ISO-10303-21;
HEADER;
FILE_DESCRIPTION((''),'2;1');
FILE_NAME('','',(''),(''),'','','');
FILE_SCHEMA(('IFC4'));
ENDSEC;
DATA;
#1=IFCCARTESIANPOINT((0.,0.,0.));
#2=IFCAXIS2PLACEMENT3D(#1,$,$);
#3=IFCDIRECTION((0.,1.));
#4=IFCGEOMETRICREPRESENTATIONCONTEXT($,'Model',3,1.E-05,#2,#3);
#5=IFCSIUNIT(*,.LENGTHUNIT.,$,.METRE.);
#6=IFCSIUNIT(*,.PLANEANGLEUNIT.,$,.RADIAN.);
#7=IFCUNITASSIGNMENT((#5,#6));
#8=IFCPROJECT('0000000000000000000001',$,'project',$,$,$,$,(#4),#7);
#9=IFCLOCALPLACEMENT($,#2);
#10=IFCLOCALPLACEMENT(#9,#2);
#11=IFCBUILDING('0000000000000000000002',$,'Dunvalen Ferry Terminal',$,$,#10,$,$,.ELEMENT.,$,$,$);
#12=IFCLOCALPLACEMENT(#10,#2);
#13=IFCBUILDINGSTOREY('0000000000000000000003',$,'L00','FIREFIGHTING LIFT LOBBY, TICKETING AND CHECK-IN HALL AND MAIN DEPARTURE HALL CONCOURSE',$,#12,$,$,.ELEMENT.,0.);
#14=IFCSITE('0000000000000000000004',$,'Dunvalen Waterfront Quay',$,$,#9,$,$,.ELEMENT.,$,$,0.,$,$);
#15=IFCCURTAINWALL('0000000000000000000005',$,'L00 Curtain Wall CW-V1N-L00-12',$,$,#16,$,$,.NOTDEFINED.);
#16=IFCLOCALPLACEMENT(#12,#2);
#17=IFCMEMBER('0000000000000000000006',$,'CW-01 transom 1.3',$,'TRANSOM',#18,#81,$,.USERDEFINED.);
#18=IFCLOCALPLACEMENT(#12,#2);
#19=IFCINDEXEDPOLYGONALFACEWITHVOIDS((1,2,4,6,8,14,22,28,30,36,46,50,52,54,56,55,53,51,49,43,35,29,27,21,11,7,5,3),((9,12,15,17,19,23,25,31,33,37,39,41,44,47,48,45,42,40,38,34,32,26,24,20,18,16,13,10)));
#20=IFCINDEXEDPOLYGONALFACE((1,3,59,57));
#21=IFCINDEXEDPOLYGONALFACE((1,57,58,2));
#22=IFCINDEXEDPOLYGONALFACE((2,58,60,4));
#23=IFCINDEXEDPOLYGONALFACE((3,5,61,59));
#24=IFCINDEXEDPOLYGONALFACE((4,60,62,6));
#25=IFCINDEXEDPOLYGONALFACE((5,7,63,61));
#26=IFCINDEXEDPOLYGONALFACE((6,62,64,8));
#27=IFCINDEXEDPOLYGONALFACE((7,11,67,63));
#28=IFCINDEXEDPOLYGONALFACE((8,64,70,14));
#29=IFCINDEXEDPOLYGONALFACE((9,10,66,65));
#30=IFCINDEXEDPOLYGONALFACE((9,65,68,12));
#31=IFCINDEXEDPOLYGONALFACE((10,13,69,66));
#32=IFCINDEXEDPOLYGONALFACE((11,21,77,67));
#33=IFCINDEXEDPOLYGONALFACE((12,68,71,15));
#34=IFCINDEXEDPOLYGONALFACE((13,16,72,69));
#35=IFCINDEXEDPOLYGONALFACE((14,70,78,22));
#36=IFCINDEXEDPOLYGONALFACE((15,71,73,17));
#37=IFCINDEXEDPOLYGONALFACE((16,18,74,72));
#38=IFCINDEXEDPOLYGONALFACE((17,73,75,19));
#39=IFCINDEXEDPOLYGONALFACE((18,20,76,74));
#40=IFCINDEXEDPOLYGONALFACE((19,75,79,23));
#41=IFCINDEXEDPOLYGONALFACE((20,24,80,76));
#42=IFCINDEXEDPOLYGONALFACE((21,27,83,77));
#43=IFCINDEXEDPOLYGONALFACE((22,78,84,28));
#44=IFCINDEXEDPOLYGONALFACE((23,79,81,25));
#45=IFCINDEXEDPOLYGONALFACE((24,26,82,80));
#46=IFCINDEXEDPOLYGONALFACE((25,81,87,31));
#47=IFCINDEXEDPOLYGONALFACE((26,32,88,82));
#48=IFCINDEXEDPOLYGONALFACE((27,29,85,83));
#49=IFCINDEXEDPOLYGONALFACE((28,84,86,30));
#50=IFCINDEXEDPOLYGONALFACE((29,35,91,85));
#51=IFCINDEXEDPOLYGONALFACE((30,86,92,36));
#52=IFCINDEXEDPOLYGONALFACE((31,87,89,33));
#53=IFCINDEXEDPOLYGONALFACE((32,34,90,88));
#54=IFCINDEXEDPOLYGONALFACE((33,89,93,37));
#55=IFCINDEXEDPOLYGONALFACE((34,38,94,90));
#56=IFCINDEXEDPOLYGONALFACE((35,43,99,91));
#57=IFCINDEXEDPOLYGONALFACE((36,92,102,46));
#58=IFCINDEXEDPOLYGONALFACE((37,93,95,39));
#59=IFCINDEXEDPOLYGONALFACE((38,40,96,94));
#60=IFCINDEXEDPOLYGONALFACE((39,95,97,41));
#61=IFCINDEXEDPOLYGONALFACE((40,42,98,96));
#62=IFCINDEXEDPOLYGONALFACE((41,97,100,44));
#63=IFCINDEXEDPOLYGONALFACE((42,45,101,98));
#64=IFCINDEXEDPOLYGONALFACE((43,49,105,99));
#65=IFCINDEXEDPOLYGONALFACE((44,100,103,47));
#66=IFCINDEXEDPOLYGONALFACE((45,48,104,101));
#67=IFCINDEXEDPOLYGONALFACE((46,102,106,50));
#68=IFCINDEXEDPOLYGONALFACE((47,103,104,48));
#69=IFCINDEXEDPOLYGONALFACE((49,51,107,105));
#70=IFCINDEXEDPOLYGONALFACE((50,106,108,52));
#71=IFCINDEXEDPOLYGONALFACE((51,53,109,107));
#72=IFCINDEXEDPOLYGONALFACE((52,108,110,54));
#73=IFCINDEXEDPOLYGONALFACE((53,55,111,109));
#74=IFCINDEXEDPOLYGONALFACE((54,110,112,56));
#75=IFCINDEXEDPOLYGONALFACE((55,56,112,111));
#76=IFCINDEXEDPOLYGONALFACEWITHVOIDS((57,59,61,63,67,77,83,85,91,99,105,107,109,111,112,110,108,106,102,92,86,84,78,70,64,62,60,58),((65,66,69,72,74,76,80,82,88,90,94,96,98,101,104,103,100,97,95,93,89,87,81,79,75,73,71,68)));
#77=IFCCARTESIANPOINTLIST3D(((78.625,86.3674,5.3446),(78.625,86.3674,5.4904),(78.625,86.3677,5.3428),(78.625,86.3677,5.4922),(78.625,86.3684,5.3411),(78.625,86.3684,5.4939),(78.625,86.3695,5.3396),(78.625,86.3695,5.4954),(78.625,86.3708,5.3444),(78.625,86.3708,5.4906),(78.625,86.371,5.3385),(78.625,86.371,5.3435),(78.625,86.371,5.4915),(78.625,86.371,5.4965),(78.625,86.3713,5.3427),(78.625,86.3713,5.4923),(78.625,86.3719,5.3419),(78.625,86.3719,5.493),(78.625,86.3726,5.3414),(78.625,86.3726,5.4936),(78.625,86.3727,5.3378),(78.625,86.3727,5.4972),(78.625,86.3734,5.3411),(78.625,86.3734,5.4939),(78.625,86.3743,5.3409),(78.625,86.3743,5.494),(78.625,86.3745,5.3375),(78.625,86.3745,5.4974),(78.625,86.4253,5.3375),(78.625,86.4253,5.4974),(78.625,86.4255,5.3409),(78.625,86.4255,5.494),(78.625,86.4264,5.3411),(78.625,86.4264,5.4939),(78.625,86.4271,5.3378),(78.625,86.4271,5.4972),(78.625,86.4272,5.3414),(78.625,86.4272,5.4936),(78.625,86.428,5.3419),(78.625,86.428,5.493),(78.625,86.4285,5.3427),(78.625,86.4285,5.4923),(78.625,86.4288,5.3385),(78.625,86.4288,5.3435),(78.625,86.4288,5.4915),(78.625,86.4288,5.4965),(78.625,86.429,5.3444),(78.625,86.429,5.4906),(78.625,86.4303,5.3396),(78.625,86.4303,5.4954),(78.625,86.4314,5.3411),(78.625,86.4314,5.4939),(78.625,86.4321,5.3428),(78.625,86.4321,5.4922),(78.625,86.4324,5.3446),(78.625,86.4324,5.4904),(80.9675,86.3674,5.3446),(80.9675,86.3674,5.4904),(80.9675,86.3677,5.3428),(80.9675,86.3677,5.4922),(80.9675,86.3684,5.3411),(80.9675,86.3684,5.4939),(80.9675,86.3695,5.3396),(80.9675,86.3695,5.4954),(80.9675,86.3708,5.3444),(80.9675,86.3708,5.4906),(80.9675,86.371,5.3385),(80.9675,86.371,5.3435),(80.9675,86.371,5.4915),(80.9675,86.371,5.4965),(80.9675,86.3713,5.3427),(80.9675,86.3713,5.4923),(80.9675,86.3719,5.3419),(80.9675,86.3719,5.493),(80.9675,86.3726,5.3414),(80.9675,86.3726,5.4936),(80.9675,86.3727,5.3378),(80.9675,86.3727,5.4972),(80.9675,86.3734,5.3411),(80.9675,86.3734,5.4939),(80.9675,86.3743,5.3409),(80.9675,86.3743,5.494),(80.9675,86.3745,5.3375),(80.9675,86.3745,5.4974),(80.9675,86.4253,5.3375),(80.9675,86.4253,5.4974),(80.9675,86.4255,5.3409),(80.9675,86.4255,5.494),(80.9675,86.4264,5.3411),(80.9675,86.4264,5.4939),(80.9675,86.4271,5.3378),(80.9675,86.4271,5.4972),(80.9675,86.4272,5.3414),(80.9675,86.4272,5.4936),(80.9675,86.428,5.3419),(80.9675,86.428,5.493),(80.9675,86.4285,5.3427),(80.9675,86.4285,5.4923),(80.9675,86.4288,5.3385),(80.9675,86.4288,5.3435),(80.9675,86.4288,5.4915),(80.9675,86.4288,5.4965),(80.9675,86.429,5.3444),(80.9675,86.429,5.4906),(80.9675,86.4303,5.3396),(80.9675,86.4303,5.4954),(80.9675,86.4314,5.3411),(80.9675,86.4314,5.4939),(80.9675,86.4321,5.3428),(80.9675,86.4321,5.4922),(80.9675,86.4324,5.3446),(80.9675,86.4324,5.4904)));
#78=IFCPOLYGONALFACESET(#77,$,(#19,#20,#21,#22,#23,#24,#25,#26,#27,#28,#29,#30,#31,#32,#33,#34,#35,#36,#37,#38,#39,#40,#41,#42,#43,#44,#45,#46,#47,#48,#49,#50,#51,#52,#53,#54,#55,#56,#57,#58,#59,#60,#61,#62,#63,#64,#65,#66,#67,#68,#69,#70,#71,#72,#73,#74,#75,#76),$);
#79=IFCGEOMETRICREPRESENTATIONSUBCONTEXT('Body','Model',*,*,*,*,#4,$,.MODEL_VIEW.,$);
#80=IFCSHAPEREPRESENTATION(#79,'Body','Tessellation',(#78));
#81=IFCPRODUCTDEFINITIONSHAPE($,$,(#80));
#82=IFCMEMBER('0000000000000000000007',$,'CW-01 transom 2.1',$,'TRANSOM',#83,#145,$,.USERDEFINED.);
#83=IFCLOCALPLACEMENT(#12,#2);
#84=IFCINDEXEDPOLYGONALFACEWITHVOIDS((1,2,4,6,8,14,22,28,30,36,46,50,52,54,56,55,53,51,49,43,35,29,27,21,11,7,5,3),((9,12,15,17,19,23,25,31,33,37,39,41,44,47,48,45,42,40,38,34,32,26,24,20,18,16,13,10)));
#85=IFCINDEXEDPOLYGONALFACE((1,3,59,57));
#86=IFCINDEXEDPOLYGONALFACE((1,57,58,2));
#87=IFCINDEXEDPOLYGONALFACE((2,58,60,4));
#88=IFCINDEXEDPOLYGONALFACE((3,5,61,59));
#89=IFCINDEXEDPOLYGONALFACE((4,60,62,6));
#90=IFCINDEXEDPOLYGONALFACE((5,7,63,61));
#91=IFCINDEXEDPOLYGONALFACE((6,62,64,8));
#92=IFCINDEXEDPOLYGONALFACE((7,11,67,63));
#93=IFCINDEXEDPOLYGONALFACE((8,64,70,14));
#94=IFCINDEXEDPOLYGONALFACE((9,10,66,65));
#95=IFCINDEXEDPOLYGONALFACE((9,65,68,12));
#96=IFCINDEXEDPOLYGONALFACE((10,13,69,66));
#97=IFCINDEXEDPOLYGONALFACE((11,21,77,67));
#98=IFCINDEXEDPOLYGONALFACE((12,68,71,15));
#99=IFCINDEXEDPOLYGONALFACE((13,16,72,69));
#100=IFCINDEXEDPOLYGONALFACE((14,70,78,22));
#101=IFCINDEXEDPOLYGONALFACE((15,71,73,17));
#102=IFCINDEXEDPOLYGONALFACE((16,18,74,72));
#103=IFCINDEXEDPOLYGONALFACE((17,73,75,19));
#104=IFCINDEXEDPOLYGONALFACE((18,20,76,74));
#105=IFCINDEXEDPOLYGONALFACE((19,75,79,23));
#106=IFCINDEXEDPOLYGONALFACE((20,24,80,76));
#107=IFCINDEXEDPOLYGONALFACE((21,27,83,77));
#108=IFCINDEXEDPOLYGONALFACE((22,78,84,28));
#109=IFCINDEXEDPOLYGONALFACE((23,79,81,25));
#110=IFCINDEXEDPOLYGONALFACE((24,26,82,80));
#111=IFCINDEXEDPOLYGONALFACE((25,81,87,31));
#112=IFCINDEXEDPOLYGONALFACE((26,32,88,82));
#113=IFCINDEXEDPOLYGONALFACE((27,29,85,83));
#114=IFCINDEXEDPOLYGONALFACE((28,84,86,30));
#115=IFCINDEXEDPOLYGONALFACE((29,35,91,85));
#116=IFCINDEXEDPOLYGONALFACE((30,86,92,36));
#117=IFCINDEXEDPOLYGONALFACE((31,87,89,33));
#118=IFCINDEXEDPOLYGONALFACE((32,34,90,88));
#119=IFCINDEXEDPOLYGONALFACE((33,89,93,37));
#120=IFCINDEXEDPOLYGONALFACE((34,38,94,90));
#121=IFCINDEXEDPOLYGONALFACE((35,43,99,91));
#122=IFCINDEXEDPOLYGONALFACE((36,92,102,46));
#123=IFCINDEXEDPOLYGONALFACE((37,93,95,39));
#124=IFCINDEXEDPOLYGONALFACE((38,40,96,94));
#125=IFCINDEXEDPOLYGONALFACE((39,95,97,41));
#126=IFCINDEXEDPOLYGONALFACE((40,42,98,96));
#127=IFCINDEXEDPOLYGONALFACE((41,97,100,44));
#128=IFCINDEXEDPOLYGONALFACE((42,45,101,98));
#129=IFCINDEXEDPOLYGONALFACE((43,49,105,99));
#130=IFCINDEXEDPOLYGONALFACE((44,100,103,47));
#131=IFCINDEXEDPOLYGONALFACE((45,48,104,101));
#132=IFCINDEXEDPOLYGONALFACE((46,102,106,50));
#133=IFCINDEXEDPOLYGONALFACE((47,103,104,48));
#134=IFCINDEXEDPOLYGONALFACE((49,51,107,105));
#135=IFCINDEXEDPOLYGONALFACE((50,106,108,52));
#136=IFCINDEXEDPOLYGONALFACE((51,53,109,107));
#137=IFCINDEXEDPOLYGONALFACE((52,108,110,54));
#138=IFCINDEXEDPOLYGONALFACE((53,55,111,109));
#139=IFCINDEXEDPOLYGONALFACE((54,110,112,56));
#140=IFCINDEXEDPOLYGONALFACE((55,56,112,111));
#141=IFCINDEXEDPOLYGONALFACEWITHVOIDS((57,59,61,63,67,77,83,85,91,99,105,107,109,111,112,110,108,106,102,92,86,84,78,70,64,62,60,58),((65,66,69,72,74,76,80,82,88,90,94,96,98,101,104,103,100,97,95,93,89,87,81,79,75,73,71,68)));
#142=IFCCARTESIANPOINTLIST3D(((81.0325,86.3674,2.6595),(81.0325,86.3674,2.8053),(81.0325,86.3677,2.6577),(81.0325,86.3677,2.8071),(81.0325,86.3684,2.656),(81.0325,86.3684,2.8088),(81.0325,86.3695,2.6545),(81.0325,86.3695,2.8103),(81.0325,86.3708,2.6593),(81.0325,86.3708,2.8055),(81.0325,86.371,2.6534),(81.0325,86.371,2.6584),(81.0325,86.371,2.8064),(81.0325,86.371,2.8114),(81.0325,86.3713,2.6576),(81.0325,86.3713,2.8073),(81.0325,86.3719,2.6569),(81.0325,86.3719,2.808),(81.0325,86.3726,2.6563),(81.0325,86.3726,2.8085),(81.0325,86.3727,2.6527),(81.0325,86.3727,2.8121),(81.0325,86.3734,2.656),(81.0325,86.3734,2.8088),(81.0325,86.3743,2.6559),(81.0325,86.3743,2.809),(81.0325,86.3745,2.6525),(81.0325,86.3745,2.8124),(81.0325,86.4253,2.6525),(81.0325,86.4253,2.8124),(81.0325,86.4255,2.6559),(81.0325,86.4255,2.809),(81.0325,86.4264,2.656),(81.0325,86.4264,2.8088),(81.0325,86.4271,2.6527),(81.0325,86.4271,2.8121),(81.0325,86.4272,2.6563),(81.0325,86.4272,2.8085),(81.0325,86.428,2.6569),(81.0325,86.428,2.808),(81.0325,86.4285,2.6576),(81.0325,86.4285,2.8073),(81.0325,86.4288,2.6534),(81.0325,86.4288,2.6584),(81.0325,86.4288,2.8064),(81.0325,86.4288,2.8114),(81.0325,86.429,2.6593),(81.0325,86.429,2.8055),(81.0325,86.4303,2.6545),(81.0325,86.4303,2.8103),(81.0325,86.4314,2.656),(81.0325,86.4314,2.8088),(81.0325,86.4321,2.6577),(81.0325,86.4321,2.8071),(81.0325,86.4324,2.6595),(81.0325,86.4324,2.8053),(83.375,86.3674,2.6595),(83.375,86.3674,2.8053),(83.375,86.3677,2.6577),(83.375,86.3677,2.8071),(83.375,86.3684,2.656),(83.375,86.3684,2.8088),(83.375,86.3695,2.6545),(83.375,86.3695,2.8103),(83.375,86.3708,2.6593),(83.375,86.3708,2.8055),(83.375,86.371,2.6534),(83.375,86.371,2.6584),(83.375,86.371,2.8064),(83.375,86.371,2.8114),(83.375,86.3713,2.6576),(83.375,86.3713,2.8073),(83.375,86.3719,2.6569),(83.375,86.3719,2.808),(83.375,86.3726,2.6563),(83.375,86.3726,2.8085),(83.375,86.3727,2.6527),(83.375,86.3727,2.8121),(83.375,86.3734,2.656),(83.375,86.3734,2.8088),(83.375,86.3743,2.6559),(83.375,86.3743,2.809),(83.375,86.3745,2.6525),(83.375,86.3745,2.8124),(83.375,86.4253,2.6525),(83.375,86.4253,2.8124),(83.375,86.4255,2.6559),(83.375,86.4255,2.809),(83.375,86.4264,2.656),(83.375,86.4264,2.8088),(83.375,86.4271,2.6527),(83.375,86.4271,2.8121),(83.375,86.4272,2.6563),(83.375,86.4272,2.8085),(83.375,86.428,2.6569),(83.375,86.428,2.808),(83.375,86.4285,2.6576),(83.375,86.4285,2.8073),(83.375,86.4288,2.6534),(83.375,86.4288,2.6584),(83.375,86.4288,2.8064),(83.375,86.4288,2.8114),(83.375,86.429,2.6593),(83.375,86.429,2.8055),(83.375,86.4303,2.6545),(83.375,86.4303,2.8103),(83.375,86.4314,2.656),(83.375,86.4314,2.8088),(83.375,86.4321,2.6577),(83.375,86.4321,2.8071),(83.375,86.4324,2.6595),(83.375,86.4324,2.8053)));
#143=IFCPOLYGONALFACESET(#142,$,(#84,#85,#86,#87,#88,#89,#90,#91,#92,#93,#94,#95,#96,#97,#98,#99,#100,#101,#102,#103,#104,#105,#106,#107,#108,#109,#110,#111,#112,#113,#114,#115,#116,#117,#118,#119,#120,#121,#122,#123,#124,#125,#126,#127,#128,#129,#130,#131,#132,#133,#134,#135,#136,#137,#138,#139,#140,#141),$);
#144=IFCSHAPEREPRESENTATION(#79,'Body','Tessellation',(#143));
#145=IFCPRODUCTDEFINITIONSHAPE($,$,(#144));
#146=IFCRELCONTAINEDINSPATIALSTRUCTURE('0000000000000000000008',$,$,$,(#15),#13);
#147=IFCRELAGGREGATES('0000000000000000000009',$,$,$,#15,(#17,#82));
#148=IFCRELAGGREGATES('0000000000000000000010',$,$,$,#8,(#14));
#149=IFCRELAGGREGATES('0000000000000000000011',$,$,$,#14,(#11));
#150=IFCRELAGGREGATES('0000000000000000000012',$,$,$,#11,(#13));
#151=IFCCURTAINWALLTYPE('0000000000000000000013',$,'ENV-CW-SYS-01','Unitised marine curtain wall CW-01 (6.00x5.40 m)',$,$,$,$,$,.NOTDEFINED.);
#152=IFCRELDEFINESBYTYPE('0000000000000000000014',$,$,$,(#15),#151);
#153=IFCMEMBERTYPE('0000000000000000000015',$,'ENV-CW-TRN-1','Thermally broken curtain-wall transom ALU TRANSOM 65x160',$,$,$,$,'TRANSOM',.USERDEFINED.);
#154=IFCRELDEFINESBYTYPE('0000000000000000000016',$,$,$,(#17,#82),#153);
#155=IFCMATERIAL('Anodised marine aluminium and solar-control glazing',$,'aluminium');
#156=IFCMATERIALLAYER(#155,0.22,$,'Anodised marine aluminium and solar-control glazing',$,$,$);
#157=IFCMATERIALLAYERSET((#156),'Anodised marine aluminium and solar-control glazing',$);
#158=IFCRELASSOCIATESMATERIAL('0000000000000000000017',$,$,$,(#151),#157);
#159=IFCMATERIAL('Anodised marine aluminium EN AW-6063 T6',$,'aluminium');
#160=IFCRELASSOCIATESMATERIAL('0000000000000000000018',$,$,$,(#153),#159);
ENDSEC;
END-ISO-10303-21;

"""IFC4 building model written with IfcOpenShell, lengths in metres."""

from ifc_helpers import new_model, si_unit, direction, frame, origin, origin_2d, place, context, subcontext, project, spatial, hollow_rectangle, extrude, material, layer, layer_set, material_profile, profile_set, type_object, element, aggregate, save


model = new_model("IFC4")

# Units and contexts
model_context = context("Model", 3, precision=1e-05, world=origin(), true_north=direction((0.0, 1.0)))
body_context = subcontext(model_context, "Body", "Model", "MODEL_VIEW")
ifc_project = project(units=[si_unit("LENGTHUNIT", "METRE"), si_unit("PLANEANGLEUNIT", "RADIAN")], contexts=[model_context])

# Site, building, storey
site_placement = place(None, origin())
site = spatial("IfcSite", under=ifc_project, at=site_placement, Name="Dunvalen Waterfront Quay", CompositionType="ELEMENT", RefElevation=0.0)
building_placement = place(site_placement, origin())
building = spatial("IfcBuilding", under=site, at=building_placement, Name="Dunvalen Ferry Terminal", CompositionType="ELEMENT")
storey_placement = place(building_placement, origin())
storey = spatial("IfcBuildingStorey", under=building, at=storey_placement, Name="L00", Description="FIREFIGHTING LIFT LOBBY, TICKETING AND CHECK-IN HALL AND MAIN DEPARTURE HALL CONCOURSE", CompositionType="ELEMENT", Elevation=0.0)

# Curtain wall
ifc_material_1 = material(Name="Anodised marine aluminium and solar-control glazing", Category="aluminium")
ifc_layer_1 = layer(ifc_material_1, 0.22, Name="Anodised marine aluminium and solar-control glazing")
ifc_layer_set_1 = layer_set([ifc_layer_1], Name="Anodised marine aluminium and solar-control glazing")
curtain_wall_type = type_object("IfcCurtainWallType", Name="ENV-CW-SYS-01", Description="Unitised marine curtain wall CW-01 (6.00x5.40 m)", PredefinedType="NOTDEFINED", material=ifc_layer_set_1)
ifc_material_2 = material(Name="Anodised marine aluminium EN AW-6063 T6", Category="aluminium")
curtain_wall_1_placement = place(storey_placement, origin())
curtain_wall_1 = element("IfcCurtainWall", 1, at=curtain_wall_1_placement, inside=storey, type_object=curtain_wall_type, Name="L00 Curtain Wall CW-V1N-L00-12", PredefinedType="NOTDEFINED")

# Members
ifc_material_profile_1 = material_profile(ifc_material_2, hollow_rectangle(XDim=0.0649, YDim=0.1599, WallThickness=0.0034, InnerFilletRadius=0.0034, OuterFilletRadius=0.0071, at=origin_2d()), Name="Anodised marine aluminium EN AW-6063 T6")
ifc_profile_set_1 = profile_set([ifc_material_profile_1], Name="Anodised marine aluminium EN AW-6063 T6")
member_type_1 = type_object("IfcMemberType", Name="ENV-CW-TRN-1", Description="Thermally broken curtain-wall transom ALU TRANSOM 65x160", ElementType="TRANSOM", PredefinedType="USERDEFINED", material=ifc_profile_set_1)
member_1_placement = place(storey_placement, frame((78.625, 86.3999, 5.4175), z_axis=(1.0, 0.0, 0.0), x_axis=(0.0, 1.0, 0.0)))
member_1 = element("IfcMember", 2, at=member_1_placement, type_object=member_type_1, Name="CW-01 transom 1.3", ObjectType="TRANSOM", PredefinedType="USERDEFINED", context=body_context, shape_type="SweptSolid", body=[
    extrude(hollow_rectangle(XDim=0.0649, YDim=0.1599, WallThickness=0.0034, InnerFilletRadius=0.0034, OuterFilletRadius=0.0071, at=origin_2d()), origin(), (0.0, 0.0, 1.0), 2.3425),
])
member_2_placement = place(storey_placement, frame((81.0325, 86.3999, 2.7324), z_axis=(1.0, 0.0, 0.0), x_axis=(0.0, 1.0, 0.0)))
member_2 = element("IfcMember", 3, at=member_2_placement, type_object=member_type_1, Name="CW-01 transom 2.1", ObjectType="TRANSOM", PredefinedType="USERDEFINED", context=body_context, shape_type="SweptSolid", body=[
    extrude(hollow_rectangle(XDim=0.0649, YDim=0.1599, WallThickness=0.0034, InnerFilletRadius=0.0034, OuterFilletRadius=0.0071, at=origin_2d()), origin(), (0.0, 0.0, 1.0), 2.3425),
])

aggregate(curtain_wall_1, [member_1, member_2])

save(model, "model.ifc")
